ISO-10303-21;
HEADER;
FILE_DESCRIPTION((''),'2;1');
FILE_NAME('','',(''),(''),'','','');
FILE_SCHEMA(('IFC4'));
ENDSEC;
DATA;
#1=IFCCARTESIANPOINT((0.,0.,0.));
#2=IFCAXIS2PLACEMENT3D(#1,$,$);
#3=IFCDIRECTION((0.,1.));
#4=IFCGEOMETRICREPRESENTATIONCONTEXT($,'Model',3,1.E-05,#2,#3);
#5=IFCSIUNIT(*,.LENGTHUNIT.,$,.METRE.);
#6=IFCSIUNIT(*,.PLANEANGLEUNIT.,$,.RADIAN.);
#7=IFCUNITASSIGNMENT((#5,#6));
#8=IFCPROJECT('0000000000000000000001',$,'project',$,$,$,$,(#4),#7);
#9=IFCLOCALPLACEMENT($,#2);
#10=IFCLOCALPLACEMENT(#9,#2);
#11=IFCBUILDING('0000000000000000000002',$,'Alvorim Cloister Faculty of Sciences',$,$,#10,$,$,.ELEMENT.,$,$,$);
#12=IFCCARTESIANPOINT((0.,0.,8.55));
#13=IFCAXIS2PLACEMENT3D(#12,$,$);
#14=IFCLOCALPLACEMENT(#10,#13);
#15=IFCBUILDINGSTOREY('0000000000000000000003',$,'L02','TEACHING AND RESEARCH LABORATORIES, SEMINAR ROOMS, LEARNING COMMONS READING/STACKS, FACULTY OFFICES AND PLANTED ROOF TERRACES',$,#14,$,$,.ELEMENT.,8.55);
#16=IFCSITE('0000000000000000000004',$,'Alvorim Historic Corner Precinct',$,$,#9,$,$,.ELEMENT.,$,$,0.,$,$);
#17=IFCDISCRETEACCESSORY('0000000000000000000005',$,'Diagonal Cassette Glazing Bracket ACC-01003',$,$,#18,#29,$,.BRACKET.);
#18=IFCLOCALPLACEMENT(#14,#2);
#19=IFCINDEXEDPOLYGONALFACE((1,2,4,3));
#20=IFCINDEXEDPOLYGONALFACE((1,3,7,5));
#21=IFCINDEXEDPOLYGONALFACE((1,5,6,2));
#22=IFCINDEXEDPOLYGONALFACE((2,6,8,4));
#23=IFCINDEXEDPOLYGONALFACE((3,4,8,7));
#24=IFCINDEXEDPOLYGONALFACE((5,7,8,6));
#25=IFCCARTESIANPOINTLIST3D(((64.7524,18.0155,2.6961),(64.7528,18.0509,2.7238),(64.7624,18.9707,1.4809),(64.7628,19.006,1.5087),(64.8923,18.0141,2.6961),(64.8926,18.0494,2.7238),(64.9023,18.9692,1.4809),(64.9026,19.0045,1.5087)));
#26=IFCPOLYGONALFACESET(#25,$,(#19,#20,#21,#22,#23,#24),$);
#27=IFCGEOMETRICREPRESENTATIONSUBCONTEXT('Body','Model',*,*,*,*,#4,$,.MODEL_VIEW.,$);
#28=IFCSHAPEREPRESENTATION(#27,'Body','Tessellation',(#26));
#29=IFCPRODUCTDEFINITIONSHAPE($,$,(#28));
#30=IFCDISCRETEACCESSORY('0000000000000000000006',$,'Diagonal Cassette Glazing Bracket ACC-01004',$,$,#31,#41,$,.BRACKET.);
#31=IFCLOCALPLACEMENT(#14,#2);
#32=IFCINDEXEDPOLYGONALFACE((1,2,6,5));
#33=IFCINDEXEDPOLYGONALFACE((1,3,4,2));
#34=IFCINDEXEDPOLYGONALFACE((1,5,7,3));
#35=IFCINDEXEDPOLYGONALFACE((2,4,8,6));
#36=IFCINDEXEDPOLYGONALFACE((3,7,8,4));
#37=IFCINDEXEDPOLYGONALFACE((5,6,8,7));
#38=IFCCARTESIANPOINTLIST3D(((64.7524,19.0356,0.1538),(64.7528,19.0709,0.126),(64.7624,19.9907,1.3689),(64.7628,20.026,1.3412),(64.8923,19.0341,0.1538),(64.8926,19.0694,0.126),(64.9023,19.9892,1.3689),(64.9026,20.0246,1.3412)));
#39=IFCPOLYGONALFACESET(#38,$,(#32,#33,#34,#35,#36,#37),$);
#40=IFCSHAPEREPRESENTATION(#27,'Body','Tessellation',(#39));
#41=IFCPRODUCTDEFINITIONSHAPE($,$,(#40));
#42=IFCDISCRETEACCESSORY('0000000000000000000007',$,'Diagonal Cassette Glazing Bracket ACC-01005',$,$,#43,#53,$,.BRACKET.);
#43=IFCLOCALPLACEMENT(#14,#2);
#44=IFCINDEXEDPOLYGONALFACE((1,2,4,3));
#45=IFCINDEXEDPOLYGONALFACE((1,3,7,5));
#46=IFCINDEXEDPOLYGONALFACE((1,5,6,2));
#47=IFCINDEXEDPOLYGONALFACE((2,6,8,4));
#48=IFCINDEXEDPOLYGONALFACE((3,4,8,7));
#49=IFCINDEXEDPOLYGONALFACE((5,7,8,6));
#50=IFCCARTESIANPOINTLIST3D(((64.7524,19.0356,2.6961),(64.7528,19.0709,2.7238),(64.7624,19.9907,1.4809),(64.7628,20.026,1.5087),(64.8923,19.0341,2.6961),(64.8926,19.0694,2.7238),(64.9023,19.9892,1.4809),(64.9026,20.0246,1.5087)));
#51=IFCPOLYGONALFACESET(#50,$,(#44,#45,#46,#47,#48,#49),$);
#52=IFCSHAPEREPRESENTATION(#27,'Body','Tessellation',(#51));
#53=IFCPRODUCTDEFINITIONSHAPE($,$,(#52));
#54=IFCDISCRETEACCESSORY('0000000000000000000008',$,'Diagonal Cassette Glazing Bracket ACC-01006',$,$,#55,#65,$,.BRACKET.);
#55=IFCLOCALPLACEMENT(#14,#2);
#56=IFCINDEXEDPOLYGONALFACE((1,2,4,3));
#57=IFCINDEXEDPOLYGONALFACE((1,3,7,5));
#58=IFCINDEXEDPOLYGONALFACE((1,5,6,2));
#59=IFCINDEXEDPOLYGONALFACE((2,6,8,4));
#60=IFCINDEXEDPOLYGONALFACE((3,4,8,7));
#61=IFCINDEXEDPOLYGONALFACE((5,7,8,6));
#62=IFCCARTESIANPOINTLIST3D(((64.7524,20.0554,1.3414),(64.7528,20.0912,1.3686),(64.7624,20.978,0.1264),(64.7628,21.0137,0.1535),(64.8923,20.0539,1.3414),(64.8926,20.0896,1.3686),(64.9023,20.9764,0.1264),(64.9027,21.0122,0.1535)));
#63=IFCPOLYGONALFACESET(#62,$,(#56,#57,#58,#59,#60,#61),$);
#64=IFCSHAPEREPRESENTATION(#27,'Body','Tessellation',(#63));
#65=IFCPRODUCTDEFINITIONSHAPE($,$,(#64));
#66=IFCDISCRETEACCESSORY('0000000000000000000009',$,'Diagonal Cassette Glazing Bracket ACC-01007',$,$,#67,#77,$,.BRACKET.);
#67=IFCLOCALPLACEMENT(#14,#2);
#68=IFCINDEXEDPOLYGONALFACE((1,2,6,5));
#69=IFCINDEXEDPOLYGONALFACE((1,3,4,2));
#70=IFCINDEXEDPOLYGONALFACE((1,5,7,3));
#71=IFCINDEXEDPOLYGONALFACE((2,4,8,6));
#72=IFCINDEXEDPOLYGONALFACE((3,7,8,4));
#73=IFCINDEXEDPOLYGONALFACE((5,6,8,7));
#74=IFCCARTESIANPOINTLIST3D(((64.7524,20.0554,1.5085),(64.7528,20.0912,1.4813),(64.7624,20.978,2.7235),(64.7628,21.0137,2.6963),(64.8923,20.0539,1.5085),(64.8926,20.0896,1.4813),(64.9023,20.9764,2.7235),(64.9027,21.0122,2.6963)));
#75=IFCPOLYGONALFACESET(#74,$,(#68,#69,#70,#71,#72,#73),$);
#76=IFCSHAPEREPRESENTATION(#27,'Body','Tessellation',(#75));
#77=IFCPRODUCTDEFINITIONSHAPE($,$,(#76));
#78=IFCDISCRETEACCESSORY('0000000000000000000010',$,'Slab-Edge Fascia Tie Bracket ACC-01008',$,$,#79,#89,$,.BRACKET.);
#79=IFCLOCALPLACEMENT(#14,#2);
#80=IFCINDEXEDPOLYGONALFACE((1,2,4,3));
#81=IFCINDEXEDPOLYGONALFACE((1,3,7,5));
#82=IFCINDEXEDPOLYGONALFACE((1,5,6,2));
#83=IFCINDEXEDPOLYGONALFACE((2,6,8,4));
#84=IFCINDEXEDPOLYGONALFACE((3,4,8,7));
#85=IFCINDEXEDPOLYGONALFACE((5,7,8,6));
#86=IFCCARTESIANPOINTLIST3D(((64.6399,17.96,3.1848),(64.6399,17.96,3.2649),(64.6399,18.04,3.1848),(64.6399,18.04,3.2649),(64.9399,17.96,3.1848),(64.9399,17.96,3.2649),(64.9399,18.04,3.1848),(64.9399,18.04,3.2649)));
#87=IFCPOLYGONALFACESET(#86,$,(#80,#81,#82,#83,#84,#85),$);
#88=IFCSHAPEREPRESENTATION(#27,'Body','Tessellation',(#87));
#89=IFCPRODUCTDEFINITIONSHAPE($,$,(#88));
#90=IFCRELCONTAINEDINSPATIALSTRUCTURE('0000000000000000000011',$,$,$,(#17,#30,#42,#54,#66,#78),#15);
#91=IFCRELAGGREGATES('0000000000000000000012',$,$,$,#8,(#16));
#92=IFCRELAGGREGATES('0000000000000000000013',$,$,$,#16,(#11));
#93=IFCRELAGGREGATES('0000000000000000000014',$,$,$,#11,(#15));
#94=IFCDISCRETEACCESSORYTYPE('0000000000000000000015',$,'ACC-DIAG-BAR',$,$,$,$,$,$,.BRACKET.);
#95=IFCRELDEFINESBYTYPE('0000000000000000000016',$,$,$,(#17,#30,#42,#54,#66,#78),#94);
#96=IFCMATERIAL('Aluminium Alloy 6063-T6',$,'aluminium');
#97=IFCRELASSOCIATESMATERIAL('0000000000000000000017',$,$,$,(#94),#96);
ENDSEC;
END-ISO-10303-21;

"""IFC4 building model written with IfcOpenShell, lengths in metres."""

from ifc_helpers import new_model, si_unit, direction, frame, origin, origin_2d, place, context, subcontext, project, spatial, rectangle, extrude, material, type_object, element, save


model = new_model("IFC4")

# Units and contexts
model_context = context("Model", 3, precision=1e-05, world=origin(), true_north=direction((0.0, 1.0)))
body_context = subcontext(model_context, "Body", "Model", "MODEL_VIEW")
ifc_project = project(units=[si_unit("LENGTHUNIT", "METRE"), si_unit("PLANEANGLEUNIT", "RADIAN")], contexts=[model_context])

# Site, building, storey
site_placement = place(None, origin())
site = spatial("IfcSite", under=ifc_project, at=site_placement, Name="Alvorim Historic Corner Precinct", CompositionType="ELEMENT", RefElevation=0.0)
building_placement = place(site_placement, origin())
building = spatial("IfcBuilding", under=site, at=building_placement, Name="Alvorim Cloister Faculty of Sciences", CompositionType="ELEMENT")
storey_placement = place(building_placement, frame((0.0, 0.0, 8.55)))
storey = spatial("IfcBuildingStorey", under=building, at=storey_placement, Name="L02", Description="TEACHING AND RESEARCH LABORATORIES, SEMINAR ROOMS, LEARNING COMMONS READING/STACKS, FACULTY OFFICES AND PLANTED ROOF TERRACES", CompositionType="ELEMENT", Elevation=8.55)

# Shared definitions
ifc_material_1 = material(Name="Aluminium Alloy 6063-T6", Category="aluminium")

# Discrete accessories
discrete_accessory_type = type_object("IfcDiscreteAccessoryType", Name="ACC-DIAG-BAR", PredefinedType="BRACKET", material=ifc_material_1)
for number, where, z_axis, x_axis, name in (
    (1, (64.8225, 18.0325, 2.71), (0.006477, 0.617955, -0.786187), (-0.999945, 0.01048, 0.0), "Diagonal Cassette Glazing Bracket ACC-01003"),
    (2, (64.8225, 19.0525, 0.1399), (0.006477, 0.617955, 0.786187), (-0.999945, 0.01048, 0.0), "Diagonal Cassette Glazing Bracket ACC-01004"),
    (3, (64.8225, 19.0525, 2.71), (0.006477, 0.617955, -0.786187), (-0.999945, 0.01048, 0.0), "Diagonal Cassette Glazing Bracket ACC-01005"),
):
    element("IfcDiscreteAccessory", number, at=place(storey_placement, frame(where, z_axis=z_axis, x_axis=x_axis)), inside=storey, type_object=discrete_accessory_type, Name=name, PredefinedType="BRACKET", context=body_context, shape_type="SweptSolid", body=[
        extrude(rectangle(XDim=0.1399, YDim=0.0449, at=origin_2d()), origin(), (0.0, 0.0, 1.0), 1.5457),
    ])
for number, where, z_axis, x_axis, name in (
    (4, (64.8225, 20.0725, 1.355), (0.006561, 0.604713, -0.796416), (-0.999941, 0.010849, 0.0), "Diagonal Cassette Glazing Bracket ACC-01006"),
    (5, (64.8225, 20.0725, 1.4949), (0.006561, 0.604713, 0.796416), (-0.999941, 0.010849, 0.0), "Diagonal Cassette Glazing Bracket ACC-01007"),
):
    element("IfcDiscreteAccessory", number, at=place(storey_placement, frame(where, z_axis=z_axis, x_axis=x_axis)), inside=storey, type_object=discrete_accessory_type, Name=name, PredefinedType="BRACKET", context=body_context, shape_type="SweptSolid", body=[
        extrude(rectangle(XDim=0.1399, YDim=0.0449, at=origin_2d()), origin(), (0.0, 0.0, 1.0), 1.5256),
    ])
discrete_accessory_placement = place(storey_placement, frame((64.9399, 18.0, 3.2249), z_axis=(-1.0, 0.0, 0.0), x_axis=(0.0, -1.0, 0.0)))
element("IfcDiscreteAccessory", 6, at=discrete_accessory_placement, inside=storey, type_object=discrete_accessory_type, Name="Slab-Edge Fascia Tie Bracket ACC-01008", PredefinedType="BRACKET", context=body_context, shape_type="SweptSolid", body=[
    extrude(rectangle(XDim=0.0801, YDim=0.0801, at=origin_2d()), origin(), (0.0, 0.0, 1.0), 0.3),
])

save(model, "model.ifc")
